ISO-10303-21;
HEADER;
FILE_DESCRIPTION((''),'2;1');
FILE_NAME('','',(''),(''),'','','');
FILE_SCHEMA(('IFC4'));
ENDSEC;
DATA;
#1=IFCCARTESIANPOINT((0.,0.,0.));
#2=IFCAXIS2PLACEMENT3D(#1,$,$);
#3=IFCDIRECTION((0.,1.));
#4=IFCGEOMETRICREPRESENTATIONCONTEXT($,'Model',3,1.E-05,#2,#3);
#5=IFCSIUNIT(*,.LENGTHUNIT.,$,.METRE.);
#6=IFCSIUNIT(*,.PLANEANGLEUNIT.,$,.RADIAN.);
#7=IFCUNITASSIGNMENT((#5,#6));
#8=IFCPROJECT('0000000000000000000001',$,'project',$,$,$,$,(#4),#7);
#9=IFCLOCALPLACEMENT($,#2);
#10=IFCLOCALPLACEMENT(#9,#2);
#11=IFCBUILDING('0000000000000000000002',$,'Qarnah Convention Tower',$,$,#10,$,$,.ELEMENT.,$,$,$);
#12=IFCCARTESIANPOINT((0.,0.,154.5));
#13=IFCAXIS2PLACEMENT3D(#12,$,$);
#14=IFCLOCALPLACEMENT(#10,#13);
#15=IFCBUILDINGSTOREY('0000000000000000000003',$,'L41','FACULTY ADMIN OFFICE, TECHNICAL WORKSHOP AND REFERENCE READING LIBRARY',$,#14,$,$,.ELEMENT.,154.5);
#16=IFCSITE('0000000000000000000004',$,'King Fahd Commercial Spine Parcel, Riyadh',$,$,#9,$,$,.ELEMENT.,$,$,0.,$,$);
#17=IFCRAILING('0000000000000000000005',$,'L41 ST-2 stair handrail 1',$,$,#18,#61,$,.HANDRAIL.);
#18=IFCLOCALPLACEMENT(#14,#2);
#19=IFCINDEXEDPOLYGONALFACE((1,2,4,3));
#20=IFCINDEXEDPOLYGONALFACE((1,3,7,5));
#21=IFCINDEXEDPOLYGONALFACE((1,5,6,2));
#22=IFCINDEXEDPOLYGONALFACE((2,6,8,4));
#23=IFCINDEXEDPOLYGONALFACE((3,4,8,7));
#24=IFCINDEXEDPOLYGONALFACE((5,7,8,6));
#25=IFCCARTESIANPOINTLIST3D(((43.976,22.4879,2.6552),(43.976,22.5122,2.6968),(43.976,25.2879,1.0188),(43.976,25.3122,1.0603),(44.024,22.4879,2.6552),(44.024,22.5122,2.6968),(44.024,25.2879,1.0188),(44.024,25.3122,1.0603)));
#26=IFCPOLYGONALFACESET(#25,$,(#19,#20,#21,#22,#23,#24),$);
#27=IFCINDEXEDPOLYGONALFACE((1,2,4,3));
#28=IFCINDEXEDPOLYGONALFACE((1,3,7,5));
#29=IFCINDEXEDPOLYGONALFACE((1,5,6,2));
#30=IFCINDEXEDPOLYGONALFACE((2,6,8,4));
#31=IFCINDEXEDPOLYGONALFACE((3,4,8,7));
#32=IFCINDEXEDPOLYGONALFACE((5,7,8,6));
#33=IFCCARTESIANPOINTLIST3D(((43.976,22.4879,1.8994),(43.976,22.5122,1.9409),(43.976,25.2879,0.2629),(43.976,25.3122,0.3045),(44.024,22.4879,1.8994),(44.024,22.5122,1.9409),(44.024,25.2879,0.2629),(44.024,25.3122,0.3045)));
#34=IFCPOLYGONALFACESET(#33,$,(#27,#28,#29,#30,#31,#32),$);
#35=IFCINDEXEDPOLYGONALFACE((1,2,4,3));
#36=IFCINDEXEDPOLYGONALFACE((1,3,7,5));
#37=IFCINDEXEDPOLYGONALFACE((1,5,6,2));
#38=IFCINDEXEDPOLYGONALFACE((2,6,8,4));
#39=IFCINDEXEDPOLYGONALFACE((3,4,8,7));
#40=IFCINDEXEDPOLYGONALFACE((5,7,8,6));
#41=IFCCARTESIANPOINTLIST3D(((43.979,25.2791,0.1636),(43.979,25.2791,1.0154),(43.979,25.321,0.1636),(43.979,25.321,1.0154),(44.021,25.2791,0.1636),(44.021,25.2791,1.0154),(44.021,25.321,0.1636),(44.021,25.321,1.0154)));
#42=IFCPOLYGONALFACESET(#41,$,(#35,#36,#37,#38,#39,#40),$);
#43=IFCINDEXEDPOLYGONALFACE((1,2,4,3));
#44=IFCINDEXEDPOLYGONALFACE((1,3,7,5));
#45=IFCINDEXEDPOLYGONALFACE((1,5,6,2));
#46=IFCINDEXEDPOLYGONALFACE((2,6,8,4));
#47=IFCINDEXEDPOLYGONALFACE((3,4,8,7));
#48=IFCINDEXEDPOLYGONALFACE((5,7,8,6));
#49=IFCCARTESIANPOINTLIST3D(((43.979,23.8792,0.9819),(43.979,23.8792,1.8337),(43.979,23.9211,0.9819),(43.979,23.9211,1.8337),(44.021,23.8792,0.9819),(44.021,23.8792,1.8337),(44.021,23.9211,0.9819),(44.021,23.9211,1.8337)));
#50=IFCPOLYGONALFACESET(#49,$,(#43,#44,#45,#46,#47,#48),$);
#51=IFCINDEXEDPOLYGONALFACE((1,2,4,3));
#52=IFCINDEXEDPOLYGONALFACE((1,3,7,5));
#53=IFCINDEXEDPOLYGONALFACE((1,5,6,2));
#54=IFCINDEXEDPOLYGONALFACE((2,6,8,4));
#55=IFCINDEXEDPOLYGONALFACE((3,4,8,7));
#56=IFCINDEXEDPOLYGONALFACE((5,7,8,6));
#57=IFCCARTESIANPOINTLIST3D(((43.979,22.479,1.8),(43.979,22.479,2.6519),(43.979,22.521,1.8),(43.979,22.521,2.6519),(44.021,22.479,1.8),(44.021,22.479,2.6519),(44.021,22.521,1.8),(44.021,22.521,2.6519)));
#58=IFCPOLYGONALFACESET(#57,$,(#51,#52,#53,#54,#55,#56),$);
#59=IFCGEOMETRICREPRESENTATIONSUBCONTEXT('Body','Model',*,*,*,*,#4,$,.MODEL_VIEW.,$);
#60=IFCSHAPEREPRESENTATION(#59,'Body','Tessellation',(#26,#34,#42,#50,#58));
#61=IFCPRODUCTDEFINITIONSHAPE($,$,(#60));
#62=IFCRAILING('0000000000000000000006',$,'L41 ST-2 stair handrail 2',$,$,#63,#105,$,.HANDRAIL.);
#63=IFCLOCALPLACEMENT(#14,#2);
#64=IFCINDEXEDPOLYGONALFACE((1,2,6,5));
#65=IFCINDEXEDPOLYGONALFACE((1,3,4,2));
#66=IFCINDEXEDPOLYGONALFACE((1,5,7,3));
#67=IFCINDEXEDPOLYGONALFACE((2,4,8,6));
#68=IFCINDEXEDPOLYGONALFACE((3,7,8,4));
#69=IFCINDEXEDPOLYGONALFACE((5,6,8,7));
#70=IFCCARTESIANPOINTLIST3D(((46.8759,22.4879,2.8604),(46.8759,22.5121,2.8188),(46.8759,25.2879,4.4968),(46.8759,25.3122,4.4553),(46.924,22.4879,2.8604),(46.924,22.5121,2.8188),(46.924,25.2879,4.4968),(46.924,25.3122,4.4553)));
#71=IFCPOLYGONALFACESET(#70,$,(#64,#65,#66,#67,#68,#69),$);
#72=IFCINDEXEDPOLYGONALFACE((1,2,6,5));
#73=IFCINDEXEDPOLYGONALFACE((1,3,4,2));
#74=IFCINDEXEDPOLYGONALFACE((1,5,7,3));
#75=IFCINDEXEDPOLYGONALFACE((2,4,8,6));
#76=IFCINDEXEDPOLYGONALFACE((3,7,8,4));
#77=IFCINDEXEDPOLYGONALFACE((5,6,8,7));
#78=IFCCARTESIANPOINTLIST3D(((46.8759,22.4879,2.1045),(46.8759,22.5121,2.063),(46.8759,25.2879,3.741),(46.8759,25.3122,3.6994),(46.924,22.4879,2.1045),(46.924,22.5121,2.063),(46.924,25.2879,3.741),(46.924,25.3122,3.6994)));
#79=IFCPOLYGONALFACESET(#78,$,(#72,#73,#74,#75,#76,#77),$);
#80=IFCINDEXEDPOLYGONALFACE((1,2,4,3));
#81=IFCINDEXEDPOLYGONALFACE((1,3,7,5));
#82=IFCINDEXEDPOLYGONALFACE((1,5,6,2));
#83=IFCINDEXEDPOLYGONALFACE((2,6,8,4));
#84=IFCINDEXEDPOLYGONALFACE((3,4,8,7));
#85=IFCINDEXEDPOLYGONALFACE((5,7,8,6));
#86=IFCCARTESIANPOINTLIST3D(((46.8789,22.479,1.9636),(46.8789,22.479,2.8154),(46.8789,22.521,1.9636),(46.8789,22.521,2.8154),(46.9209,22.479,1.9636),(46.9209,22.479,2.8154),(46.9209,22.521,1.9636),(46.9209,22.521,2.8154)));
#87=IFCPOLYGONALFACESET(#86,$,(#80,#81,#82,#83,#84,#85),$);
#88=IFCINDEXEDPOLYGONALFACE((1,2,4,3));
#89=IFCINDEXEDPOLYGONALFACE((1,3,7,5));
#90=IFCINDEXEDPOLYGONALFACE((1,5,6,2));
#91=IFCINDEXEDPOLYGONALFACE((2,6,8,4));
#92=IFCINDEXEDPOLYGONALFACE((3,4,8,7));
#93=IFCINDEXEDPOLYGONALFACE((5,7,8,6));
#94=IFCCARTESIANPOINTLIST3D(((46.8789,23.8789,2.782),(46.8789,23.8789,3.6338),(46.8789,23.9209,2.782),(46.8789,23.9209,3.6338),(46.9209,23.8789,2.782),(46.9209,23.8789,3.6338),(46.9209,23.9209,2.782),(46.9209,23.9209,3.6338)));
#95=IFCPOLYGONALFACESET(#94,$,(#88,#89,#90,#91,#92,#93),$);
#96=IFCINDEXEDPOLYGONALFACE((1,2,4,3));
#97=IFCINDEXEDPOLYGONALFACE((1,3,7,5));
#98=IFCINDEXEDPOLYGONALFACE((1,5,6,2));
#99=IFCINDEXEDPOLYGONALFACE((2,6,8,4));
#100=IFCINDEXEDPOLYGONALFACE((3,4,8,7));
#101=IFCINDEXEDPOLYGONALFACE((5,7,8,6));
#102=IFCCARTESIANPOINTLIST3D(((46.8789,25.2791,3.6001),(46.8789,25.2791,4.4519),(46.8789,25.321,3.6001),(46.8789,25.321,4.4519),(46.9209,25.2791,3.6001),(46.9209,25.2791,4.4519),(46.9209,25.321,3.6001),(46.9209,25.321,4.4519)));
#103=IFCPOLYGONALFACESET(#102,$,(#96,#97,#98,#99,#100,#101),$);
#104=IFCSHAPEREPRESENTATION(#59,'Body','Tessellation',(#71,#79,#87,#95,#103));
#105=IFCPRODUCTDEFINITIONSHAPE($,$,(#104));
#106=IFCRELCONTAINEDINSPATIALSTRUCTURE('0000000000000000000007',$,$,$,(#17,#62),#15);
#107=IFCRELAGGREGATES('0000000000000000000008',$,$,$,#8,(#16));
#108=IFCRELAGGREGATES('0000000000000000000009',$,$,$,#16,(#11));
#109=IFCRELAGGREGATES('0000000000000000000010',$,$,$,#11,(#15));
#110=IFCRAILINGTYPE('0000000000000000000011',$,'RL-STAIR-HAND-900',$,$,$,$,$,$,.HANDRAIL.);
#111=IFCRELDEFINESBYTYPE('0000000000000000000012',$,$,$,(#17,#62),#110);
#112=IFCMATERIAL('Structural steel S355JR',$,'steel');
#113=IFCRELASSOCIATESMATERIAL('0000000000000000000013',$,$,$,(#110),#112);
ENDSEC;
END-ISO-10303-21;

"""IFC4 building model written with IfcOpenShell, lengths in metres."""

from ifc_helpers import new_model, si_unit, direction, frame, origin, origin_2d, place, context, subcontext, project, spatial, rectangle, extrude, material, type_object, element, save


model = new_model("IFC4")

# Units and contexts
model_context = context("Model", 3, precision=1e-05, world=origin(), true_north=direction((0.0, 1.0)))
body_context = subcontext(model_context, "Body", "Model", "MODEL_VIEW")
ifc_project = project(units=[si_unit("LENGTHUNIT", "METRE"), si_unit("PLANEANGLEUNIT", "RADIAN")], contexts=[model_context])

# Site, building, storey
site_placement = place(None, origin())
site = spatial("IfcSite", under=ifc_project, at=site_placement, Name="King Fahd Commercial Spine Parcel, Riyadh", CompositionType="ELEMENT", RefElevation=0.0)
building_placement = place(site_placement, origin())
building = spatial("IfcBuilding", under=site, at=building_placement, Name="Qarnah Convention Tower", CompositionType="ELEMENT")
storey_placement = place(building_placement, frame((0.0, 0.0, 154.5)))
storey = spatial("IfcBuildingStorey", under=building, at=storey_placement, Name="L41", Description="FACULTY ADMIN OFFICE, TECHNICAL WORKSHOP AND REFERENCE READING LIBRARY", CompositionType="ELEMENT", Elevation=154.5)

# Shared definitions
ifc_material_1 = material(Name="Structural steel S355JR", Category="steel")

# Railings
railing_type_1 = type_object("IfcRailingType", Name="RL-STAIR-HAND-900", PredefinedType="HANDRAIL", material=ifc_material_1)
railing_1_placement = place(storey_placement, frame((44.0, 25.3, 0.1636)))
element("IfcRailing", 1, at=railing_1_placement, inside=storey, type_object=railing_type_1, Name="L41 ST-2 stair handrail 1", PredefinedType="HANDRAIL", context=body_context, shape_type="SweptSolid", body=[
    extrude(rectangle(XDim=0.0481, YDim=0.0481, at=origin_2d()), frame((0.0, 0.0, 0.876), z_axis=(0.0, -0.863361, 0.504587), x_axis=(1.0, 0.0, 0.0)), (0.0, 0.0, 1.0), 3.2432),
    extrude(rectangle(XDim=0.0481, YDim=0.0481, at=origin_2d()), frame((0.0, 0.0, 0.1201), z_axis=(0.0, -0.863361, 0.504587), x_axis=(1.0, 0.0, 0.0)), (0.0, 0.0, 1.0), 3.2432),
    extrude(rectangle(XDim=0.042, YDim=0.042, at=origin_2d()), origin(), (0.0, 0.0, 1.0), 0.8518),
    extrude(rectangle(XDim=0.042, YDim=0.042, at=origin_2d()), frame((0.0, -1.3999, 0.8184)), (0.0, 0.0, 1.0), 0.8518),
    extrude(rectangle(XDim=0.042, YDim=0.042, at=origin_2d()), frame((0.0, -2.8, 1.6365)), (0.0, 0.0, 1.0), 0.8518),
])
railing_2_placement = place(storey_placement, frame((46.8999, 22.5, 1.9636)))
element("IfcRailing", 2, at=railing_2_placement, inside=storey, type_object=railing_type_1, Name="L41 ST-2 stair handrail 2", PredefinedType="HANDRAIL", context=body_context, shape_type="SweptSolid", body=[
    extrude(rectangle(XDim=0.0481, YDim=0.0481, at=origin_2d()), frame((0.0, 0.0, 0.876), z_axis=(0.0, 0.863361, 0.504587), x_axis=(-1.0, 0.0, 0.0)), (0.0, 0.0, 1.0), 3.2432),
    extrude(rectangle(XDim=0.0481, YDim=0.0481, at=origin_2d()), frame((0.0, 0.0, 0.1201), z_axis=(0.0, 0.863361, 0.504587), x_axis=(-1.0, 0.0, 0.0)), (0.0, 0.0, 1.0), 3.2432),
    extrude(rectangle(XDim=0.042, YDim=0.042, at=origin_2d()), origin(), (0.0, 0.0, 1.0), 0.8518),
    extrude(rectangle(XDim=0.042, YDim=0.042, at=origin_2d()), frame((0.0, 1.3999, 0.8184)), (0.0, 0.0, 1.0), 0.8518),
    extrude(rectangle(XDim=0.042, YDim=0.042, at=origin_2d()), frame((0.0, 2.8, 1.6365)), (0.0, 0.0, 1.0), 0.8518),
])

save(model, "model.ifc")
